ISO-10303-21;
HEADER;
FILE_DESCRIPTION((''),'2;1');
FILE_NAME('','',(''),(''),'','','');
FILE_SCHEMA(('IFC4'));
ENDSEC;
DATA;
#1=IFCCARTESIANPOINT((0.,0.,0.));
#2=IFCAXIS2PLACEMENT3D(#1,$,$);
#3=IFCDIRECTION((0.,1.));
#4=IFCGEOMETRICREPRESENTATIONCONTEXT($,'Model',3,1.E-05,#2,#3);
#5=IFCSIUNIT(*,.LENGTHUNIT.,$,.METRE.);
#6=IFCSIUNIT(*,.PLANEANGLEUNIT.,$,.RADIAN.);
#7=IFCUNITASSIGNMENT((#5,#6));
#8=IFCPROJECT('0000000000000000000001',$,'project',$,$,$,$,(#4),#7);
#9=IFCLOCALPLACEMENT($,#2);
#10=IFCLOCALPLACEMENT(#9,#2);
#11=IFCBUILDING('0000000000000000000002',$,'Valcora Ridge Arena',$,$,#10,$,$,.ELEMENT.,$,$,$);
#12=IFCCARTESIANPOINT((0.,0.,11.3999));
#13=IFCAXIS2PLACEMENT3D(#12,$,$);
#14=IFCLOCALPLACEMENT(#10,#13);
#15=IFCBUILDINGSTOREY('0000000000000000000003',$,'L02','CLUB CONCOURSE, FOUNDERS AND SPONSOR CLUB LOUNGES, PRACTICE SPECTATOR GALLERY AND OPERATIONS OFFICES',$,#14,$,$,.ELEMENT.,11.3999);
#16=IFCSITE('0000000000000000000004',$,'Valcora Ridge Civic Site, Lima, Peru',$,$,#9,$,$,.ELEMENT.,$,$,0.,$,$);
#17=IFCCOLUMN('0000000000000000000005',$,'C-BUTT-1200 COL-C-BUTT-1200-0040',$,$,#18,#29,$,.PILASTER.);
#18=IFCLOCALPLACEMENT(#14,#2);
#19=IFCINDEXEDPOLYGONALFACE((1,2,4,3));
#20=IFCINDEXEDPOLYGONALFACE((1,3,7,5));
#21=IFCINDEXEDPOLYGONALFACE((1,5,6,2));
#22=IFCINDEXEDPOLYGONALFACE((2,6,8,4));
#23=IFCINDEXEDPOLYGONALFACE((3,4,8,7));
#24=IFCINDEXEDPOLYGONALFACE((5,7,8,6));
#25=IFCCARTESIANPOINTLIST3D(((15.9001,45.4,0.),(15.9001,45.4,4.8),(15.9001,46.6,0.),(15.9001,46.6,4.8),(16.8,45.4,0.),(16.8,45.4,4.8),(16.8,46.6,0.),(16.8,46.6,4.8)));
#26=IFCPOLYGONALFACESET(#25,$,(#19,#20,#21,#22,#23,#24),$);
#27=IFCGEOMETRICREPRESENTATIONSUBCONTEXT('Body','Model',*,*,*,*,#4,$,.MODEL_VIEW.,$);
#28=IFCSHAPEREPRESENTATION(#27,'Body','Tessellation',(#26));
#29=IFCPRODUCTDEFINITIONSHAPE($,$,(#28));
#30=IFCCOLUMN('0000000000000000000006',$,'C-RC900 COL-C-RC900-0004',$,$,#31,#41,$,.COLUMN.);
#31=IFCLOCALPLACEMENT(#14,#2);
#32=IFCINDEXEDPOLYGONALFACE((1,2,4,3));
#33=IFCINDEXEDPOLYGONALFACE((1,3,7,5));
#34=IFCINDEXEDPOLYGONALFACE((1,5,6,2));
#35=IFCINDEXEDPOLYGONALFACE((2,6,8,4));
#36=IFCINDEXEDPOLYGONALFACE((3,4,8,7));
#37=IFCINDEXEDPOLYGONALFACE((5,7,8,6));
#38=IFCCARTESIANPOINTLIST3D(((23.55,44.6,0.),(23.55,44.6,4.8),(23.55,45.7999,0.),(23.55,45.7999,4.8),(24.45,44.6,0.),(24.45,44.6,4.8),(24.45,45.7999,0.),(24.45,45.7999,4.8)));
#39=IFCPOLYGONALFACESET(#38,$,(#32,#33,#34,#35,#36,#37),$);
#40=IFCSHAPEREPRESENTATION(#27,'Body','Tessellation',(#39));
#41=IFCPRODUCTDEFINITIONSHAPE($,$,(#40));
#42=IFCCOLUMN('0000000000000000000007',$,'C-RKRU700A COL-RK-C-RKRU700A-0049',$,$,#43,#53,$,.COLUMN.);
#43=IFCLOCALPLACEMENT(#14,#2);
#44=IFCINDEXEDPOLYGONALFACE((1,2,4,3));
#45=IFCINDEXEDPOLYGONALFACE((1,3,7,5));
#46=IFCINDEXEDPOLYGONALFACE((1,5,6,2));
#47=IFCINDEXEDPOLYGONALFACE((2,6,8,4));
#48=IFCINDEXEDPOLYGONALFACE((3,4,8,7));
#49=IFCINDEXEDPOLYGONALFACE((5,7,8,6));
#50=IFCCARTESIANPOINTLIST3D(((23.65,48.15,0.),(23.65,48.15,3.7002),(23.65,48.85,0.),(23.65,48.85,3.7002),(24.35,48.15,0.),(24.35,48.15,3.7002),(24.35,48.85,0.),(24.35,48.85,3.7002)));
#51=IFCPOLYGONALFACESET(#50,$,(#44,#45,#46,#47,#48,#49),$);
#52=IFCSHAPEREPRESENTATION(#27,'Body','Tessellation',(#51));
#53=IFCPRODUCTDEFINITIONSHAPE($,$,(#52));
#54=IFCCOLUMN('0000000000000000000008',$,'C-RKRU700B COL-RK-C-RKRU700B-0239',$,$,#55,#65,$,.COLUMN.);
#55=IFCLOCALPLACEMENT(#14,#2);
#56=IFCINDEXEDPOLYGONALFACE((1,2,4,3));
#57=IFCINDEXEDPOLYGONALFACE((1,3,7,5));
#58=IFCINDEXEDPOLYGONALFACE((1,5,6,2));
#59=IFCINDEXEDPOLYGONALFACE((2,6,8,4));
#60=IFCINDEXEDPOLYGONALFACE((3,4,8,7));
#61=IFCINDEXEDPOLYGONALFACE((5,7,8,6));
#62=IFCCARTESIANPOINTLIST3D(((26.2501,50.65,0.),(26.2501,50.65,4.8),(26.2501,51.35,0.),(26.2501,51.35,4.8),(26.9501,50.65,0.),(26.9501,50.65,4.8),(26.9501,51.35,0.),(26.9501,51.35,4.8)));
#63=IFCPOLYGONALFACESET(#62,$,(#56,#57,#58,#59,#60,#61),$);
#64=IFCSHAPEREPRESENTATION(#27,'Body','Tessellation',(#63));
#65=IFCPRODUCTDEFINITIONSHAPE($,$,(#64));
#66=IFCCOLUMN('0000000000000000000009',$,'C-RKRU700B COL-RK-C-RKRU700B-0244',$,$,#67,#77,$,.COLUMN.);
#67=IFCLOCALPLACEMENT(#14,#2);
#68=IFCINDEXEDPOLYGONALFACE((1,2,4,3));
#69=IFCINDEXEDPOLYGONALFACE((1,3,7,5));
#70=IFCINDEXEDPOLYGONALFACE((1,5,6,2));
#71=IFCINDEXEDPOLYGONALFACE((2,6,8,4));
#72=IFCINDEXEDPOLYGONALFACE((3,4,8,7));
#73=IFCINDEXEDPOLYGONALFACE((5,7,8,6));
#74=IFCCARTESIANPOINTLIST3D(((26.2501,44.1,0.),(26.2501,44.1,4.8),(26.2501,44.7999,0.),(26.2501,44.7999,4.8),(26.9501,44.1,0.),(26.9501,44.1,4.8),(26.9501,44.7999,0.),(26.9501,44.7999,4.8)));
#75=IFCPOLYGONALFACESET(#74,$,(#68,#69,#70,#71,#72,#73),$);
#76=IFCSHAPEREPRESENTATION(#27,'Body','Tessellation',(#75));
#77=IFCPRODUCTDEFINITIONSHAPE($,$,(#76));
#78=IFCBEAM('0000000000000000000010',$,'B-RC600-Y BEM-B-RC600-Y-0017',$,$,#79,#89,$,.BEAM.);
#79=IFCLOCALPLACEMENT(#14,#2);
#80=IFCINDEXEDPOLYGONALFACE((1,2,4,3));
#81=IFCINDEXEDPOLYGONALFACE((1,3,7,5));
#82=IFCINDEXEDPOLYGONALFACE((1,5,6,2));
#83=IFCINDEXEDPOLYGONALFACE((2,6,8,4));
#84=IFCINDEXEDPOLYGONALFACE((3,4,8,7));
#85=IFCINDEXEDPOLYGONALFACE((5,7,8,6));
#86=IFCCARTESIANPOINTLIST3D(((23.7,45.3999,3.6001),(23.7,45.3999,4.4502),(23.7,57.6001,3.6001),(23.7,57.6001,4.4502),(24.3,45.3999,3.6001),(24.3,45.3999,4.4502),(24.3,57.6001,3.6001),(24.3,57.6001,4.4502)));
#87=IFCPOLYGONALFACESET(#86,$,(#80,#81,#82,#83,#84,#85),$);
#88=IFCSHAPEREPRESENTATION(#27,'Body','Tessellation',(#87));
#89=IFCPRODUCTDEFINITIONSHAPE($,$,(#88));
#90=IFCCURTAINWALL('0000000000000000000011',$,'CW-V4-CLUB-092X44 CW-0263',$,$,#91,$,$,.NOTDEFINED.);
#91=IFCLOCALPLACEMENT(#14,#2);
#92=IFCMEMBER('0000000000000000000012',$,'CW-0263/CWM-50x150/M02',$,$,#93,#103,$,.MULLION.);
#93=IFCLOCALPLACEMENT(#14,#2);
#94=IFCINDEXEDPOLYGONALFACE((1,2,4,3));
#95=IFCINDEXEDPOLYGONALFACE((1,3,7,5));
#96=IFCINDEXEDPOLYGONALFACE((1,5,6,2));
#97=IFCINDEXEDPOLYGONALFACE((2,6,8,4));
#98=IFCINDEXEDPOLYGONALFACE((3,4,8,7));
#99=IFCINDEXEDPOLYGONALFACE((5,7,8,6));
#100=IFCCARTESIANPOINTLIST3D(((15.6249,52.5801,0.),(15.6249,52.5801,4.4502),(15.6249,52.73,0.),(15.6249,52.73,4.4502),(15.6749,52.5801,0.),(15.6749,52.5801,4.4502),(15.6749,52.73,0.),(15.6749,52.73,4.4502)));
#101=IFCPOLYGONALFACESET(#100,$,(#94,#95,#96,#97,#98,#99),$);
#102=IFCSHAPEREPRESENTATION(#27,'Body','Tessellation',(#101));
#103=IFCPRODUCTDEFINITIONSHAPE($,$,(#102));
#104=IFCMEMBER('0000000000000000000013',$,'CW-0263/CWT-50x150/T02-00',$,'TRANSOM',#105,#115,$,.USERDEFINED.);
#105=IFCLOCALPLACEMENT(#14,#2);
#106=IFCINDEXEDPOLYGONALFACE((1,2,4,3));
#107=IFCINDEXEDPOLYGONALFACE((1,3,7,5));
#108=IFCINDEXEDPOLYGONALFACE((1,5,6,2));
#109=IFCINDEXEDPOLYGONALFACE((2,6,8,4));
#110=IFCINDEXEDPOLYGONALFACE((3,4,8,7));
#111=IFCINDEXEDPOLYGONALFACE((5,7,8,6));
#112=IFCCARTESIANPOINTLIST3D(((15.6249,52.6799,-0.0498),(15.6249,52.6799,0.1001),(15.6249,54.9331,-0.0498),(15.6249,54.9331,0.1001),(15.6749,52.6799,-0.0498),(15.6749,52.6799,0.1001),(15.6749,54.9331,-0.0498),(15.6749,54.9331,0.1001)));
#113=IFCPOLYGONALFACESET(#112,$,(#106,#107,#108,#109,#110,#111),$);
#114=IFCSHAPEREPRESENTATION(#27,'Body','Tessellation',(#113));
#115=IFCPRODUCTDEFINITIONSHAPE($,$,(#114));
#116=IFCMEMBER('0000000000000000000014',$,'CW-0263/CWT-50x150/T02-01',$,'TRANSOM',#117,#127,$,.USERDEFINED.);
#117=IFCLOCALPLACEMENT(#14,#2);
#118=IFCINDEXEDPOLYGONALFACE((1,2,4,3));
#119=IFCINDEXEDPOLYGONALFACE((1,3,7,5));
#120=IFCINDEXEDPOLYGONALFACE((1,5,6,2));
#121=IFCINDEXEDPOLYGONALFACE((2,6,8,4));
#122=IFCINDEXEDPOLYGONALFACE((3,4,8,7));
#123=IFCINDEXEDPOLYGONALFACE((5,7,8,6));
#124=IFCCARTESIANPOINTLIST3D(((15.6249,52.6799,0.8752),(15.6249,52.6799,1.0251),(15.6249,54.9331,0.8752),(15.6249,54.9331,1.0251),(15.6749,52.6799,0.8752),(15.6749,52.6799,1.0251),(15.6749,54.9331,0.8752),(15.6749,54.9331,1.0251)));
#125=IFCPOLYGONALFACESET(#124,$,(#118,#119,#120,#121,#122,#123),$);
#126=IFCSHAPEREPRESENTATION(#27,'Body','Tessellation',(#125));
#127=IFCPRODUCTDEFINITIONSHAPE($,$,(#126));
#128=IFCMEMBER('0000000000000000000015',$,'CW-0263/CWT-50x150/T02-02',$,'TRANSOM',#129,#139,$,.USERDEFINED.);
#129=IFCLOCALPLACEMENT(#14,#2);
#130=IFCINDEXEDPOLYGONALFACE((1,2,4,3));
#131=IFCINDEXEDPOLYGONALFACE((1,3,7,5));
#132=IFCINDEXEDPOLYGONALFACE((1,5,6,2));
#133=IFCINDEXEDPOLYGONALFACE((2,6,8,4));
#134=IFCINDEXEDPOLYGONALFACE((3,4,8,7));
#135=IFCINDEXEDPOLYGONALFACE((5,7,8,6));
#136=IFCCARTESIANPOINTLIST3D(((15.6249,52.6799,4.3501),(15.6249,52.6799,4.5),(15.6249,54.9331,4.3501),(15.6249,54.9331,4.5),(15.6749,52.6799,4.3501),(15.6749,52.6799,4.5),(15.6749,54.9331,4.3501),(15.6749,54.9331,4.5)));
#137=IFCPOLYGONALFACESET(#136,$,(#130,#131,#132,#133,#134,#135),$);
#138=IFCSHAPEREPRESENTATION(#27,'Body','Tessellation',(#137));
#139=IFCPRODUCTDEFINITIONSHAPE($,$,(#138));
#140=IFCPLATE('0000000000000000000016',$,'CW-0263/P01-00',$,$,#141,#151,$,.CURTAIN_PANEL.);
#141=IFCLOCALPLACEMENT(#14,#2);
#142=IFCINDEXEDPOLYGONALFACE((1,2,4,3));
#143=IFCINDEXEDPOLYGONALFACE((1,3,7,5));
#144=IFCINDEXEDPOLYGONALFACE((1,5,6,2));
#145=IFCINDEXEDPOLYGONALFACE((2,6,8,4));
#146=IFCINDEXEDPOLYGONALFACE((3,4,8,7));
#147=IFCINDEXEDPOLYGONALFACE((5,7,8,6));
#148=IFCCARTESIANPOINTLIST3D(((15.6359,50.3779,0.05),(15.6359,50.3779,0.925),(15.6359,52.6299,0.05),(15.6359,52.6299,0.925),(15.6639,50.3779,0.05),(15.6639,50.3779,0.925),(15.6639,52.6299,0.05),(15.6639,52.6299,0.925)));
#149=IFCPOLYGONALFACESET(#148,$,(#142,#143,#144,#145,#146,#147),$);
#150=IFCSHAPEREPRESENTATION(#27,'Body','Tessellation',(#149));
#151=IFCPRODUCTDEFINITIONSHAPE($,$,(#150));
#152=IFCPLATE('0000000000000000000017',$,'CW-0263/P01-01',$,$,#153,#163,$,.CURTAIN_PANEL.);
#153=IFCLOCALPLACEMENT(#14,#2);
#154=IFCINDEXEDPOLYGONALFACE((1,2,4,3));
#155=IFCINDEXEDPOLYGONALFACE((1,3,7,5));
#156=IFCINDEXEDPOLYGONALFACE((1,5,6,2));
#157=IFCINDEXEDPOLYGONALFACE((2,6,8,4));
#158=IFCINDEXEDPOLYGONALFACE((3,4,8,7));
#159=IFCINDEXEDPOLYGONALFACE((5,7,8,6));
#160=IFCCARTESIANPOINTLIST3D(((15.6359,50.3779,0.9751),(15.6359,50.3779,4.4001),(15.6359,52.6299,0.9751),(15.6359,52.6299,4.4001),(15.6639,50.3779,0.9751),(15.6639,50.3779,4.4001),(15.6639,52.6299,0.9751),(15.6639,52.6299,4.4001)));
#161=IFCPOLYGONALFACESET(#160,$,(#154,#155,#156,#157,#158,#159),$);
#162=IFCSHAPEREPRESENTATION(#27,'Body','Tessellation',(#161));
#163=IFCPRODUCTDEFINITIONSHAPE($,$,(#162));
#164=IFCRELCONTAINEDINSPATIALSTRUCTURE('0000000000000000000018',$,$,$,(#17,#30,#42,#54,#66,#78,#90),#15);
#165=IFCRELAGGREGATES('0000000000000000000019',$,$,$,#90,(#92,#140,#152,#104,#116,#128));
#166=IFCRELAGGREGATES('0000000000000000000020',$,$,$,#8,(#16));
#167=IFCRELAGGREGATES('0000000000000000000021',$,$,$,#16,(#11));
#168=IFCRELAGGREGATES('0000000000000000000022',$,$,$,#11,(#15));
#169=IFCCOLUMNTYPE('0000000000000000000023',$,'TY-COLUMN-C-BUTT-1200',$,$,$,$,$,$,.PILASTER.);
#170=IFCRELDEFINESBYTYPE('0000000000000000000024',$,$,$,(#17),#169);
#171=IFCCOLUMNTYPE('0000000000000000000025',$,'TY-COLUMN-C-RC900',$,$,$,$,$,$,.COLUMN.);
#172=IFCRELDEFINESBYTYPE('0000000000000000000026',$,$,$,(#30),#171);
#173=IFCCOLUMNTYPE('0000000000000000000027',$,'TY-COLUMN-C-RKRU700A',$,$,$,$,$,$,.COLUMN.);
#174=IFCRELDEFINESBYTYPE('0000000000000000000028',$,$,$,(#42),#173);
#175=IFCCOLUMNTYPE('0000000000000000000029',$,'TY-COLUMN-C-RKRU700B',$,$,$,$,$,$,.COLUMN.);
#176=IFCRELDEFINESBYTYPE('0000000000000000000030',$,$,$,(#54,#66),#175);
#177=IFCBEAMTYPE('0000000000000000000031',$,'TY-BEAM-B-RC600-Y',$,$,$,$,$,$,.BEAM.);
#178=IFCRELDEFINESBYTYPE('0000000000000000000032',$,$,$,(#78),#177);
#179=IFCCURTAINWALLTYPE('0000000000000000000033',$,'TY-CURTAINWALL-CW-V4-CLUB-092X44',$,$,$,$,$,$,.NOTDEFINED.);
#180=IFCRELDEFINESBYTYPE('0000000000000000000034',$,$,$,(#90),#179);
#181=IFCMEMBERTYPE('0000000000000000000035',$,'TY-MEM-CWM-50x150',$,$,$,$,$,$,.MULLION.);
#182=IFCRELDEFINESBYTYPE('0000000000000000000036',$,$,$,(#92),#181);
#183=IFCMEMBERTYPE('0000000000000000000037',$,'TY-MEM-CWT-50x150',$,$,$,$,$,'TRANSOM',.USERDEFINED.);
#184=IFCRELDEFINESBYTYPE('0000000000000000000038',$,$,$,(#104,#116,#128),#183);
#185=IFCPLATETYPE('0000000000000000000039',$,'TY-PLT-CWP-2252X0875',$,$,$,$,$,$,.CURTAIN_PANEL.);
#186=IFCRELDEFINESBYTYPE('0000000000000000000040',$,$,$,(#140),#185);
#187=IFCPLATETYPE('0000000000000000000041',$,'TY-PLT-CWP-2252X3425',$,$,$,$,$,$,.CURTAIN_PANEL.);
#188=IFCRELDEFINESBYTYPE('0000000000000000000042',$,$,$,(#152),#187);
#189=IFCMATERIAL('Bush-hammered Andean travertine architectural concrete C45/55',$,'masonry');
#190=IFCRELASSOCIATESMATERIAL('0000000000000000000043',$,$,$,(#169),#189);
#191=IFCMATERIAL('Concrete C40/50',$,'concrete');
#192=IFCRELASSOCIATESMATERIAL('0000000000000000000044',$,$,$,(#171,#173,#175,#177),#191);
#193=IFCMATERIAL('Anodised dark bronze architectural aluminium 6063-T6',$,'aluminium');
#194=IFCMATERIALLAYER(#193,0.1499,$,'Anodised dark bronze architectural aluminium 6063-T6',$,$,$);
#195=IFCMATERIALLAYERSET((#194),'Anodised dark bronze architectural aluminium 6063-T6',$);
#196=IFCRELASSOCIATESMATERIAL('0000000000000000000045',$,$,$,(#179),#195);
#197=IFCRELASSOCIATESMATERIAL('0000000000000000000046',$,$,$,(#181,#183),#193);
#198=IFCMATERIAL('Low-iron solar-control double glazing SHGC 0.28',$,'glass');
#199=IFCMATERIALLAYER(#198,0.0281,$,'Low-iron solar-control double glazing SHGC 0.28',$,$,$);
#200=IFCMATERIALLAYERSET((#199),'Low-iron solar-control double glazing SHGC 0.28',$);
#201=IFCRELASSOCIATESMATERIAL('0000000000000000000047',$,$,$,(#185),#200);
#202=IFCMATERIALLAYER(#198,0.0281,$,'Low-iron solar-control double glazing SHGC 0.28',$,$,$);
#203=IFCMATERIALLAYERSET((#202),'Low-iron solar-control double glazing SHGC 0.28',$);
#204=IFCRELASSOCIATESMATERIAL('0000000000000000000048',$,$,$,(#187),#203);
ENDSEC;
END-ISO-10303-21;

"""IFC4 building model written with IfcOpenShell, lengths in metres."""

from ifc_helpers import new_model, si_unit, direction, frame, origin, origin_2d, place, context, subcontext, project, spatial, rectangle, extrude, material, layer, layer_set, material_profile, profile_set, type_object, element, aggregate, save


model = new_model("IFC4")

# Units and contexts
model_context = context("Model", 3, precision=1e-05, world=origin(), true_north=direction((0.0, 1.0)))
body_context = subcontext(model_context, "Body", "Model", "MODEL_VIEW")
ifc_project = project(units=[si_unit("LENGTHUNIT", "METRE"), si_unit("PLANEANGLEUNIT", "RADIAN")], contexts=[model_context])

# Site, building, storey
site_placement = place(None, origin())
site = spatial("IfcSite", under=ifc_project, at=site_placement, Name="Valcora Ridge Civic Site, Lima, Peru", CompositionType="ELEMENT", RefElevation=0.0)
building_placement = place(site_placement, origin())
building = spatial("IfcBuilding", under=site, at=building_placement, Name="Valcora Ridge Arena", CompositionType="ELEMENT")
storey_placement = place(building_placement, frame((0.0, 0.0, 11.3999)))
storey = spatial("IfcBuildingStorey", under=building, at=storey_placement, Name="L02", Description="CLUB CONCOURSE, FOUNDERS AND SPONSOR CLUB LOUNGES, PRACTICE SPECTATOR GALLERY AND OPERATIONS OFFICES", CompositionType="ELEMENT", Elevation=11.3999)

# Columns
ifc_material_1 = material(Name="Bush-hammered Andean travertine architectural concrete C45/55", Category="masonry")
ifc_material_profile_1 = material_profile(ifc_material_1, rectangle(XDim=0.8999, YDim=1.2, at=origin_2d()), Name="RC 900x1200")
ifc_profile_set_1 = profile_set([ifc_material_profile_1], Name="Bush-hammered Andean travertine architectural concrete C45/55")
column_type_1 = type_object("IfcColumnType", Name="TY-COLUMN-C-BUTT-1200", PredefinedType="PILASTER", material=ifc_profile_set_1)
column_1_placement = place(storey_placement, frame((16.3501, 46.0, 0.0), z_axis=(0.0, 0.0, 1.0), x_axis=(1.0, 0.0, 0.0)))
element("IfcColumn", 1, at=column_1_placement, inside=storey, type_object=column_type_1, Name="C-BUTT-1200 COL-C-BUTT-1200-0040", PredefinedType="PILASTER", context=body_context, shape_type="SweptSolid", body=[
    extrude(rectangle(XDim=0.8999, YDim=1.2, at=origin_2d()), origin(), (0.0, 0.0, 1.0), 4.8),
])
ifc_material_2 = material(Name="Concrete C40/50", Category="concrete")
ifc_material_profile_2 = material_profile(ifc_material_2, rectangle(XDim=0.8999, YDim=1.2, at=origin_2d()), Name="RC 900x1200")
ifc_profile_set_2 = profile_set([ifc_material_profile_2], Name="Concrete C40/50")
column_type_2 = type_object("IfcColumnType", Name="TY-COLUMN-C-RC900", PredefinedType="COLUMN", material=ifc_profile_set_2)
column_2_placement = place(storey_placement, frame((24.0, 45.2, 0.0), z_axis=(0.0, 0.0, 1.0), x_axis=(1.0, 0.0, 0.0)))
element("IfcColumn", 2, at=column_2_placement, inside=storey, type_object=column_type_2, Name="C-RC900 COL-C-RC900-0004", PredefinedType="COLUMN", context=body_context, shape_type="SweptSolid", body=[
    extrude(rectangle(XDim=0.8999, YDim=1.2, at=origin_2d()), origin(), (0.0, 0.0, 1.0), 4.8),
])
ifc_material_profile_3 = material_profile(ifc_material_2, rectangle(XDim=0.7, YDim=0.7, at=origin_2d()), Name="RC 700x700")
ifc_profile_set_3 = profile_set([ifc_material_profile_3], Name="Concrete C40/50")
column_type_3 = type_object("IfcColumnType", Name="TY-COLUMN-C-RKRU700A", PredefinedType="COLUMN", material=ifc_profile_set_3)
column_3_placement = place(storey_placement, frame((24.0, 48.5, 0.0), z_axis=(0.0, 0.0, 1.0), x_axis=(1.0, 0.0, 0.0)))
element("IfcColumn", 3, at=column_3_placement, inside=storey, type_object=column_type_3, Name="C-RKRU700A COL-RK-C-RKRU700A-0049", PredefinedType="COLUMN", context=body_context, shape_type="SweptSolid", body=[
    extrude(rectangle(XDim=0.7, YDim=0.7, at=origin_2d()), origin(), (0.0, 0.0, 1.0), 3.7002),
])
ifc_material_profile_4 = material_profile(ifc_material_2, rectangle(XDim=0.7, YDim=0.7, at=origin_2d()), Name="RC 700x700")
ifc_profile_set_4 = profile_set([ifc_material_profile_4], Name="Concrete C40/50")
column_type_4 = type_object("IfcColumnType", Name="TY-COLUMN-C-RKRU700B", PredefinedType="COLUMN", material=ifc_profile_set_4)
for number, where, z_axis, x_axis, name in (
    (4, (26.6001, 51.0, 0.0), (0.0, 0.0, 1.0), (1.0, 0.0, 0.0), "C-RKRU700B COL-RK-C-RKRU700B-0239"),
    (5, (26.6001, 44.45, 0.0), (0.0, 0.0, 1.0), (1.0, 0.0, 0.0), "C-RKRU700B COL-RK-C-RKRU700B-0244"),
):
    element("IfcColumn", number, at=place(storey_placement, frame(where, z_axis=z_axis, x_axis=x_axis)), inside=storey, type_object=column_type_4, Name=name, PredefinedType="COLUMN", context=body_context, shape_type="SweptSolid", body=[
        extrude(rectangle(XDim=0.7, YDim=0.7, at=origin_2d()), origin(), (0.0, 0.0, 1.0), 4.8),
    ])

# Beam
ifc_material_profile_5 = material_profile(ifc_material_2, rectangle(XDim=0.6001, YDim=0.8501, at=origin_2d()), Name="RC 600x850")
ifc_profile_set_5 = profile_set([ifc_material_profile_5], Name="Concrete C40/50")
beam_type = type_object("IfcBeamType", Name="TY-BEAM-B-RC600-Y", PredefinedType="BEAM", material=ifc_profile_set_5)
beam_placement = place(storey_placement, frame((24.0, 45.3999, 4.0251), z_axis=(0.0, 1.0, 0.0), x_axis=(-1.0, 0.0, 0.0)))
element("IfcBeam", 6, at=beam_placement, inside=storey, type_object=beam_type, Name="B-RC600-Y BEM-B-RC600-Y-0017", PredefinedType="BEAM", context=body_context, shape_type="SweptSolid", body=[
    extrude(rectangle(XDim=0.6001, YDim=0.8501, at=origin_2d()), origin(), (0.0, 0.0, 1.0), 12.2002),
])

# Curtain wall, members, plates
ifc_material_3 = material(Name="Anodised dark bronze architectural aluminium 6063-T6", Category="aluminium")
ifc_layer_1 = layer(ifc_material_3, 0.1499, Name="Anodised dark bronze architectural aluminium 6063-T6")
ifc_layer_set_1 = layer_set([ifc_layer_1], Name="Anodised dark bronze architectural aluminium 6063-T6")
curtain_wall_type = type_object("IfcCurtainWallType", Name="TY-CURTAINWALL-CW-V4-CLUB-092X44", PredefinedType="NOTDEFINED", material=ifc_layer_set_1)
curtain_wall_placement = place(storey_placement, origin())
curtain_wall = element("IfcCurtainWall", 7, at=curtain_wall_placement, inside=storey, type_object=curtain_wall_type, Name="CW-V4-CLUB-092X44 CW-0263", PredefinedType="NOTDEFINED")
ifc_material_profile_6 = material_profile(ifc_material_3, rectangle(XDim=0.05, YDim=0.1499, at=origin_2d()), Name="ALU MULLION 50x150")
ifc_profile_set_6 = profile_set([ifc_material_profile_6], Name="Anodised dark bronze architectural aluminium 6063-T6")
member_type_1 = type_object("IfcMemberType", Name="TY-MEM-CWM-50x150", PredefinedType="MULLION", material=ifc_profile_set_6)
member_1_placement = place(storey_placement, frame((15.6499, 52.655, 0.0), z_axis=(0.0, 0.0, 1.0), x_axis=(-1.0, 0.0, 0.0)))
member_1 = element("IfcMember", 8, at=member_1_placement, type_object=member_type_1, Name="CW-0263/CWM-50x150/M02", PredefinedType="MULLION", context=body_context, shape_type="SweptSolid", body=[
    extrude(rectangle(XDim=0.05, YDim=0.1499, at=origin_2d()), origin(), (0.0, 0.0, 1.0), 4.4502),
])
ifc_material_profile_7 = material_profile(ifc_material_3, rectangle(XDim=0.05, YDim=0.1499, at=origin_2d()), Name="ALU TRANSOM 50x150")
ifc_profile_set_7 = profile_set([ifc_material_profile_7], Name="Anodised dark bronze architectural aluminium 6063-T6")
member_type_2 = type_object("IfcMemberType", Name="TY-MEM-CWT-50x150", ElementType="TRANSOM", PredefinedType="USERDEFINED", material=ifc_profile_set_7)
member_2_placement = place(storey_placement, frame((15.6499, 52.6799, 0.0251), z_axis=(0.0, 1.0, 0.0), x_axis=(-1.0, 0.0, 0.0)))
member_2 = element("IfcMember", 9, at=member_2_placement, type_object=member_type_2, Name="CW-0263/CWT-50x150/T02-00", ObjectType="TRANSOM", PredefinedType="USERDEFINED", context=body_context, shape_type="SweptSolid", body=[
    extrude(rectangle(XDim=0.05, YDim=0.1499, at=origin_2d()), origin(), (0.0, 0.0, 1.0), 2.2532),
])
member_3_placement = place(storey_placement, frame((15.6499, 52.6799, 0.9502), z_axis=(0.0, 1.0, 0.0), x_axis=(-1.0, 0.0, 0.0)))
member_3 = element("IfcMember", 10, at=member_3_placement, type_object=member_type_2, Name="CW-0263/CWT-50x150/T02-01", ObjectType="TRANSOM", PredefinedType="USERDEFINED", context=body_context, shape_type="SweptSolid", body=[
    extrude(rectangle(XDim=0.05, YDim=0.1499, at=origin_2d()), origin(), (0.0, 0.0, 1.0), 2.2532),
])
member_4_placement = place(storey_placement, frame((15.6499, 52.6799, 4.425), z_axis=(0.0, 1.0, 0.0), x_axis=(-1.0, 0.0, 0.0)))
member_4 = element("IfcMember", 11, at=member_4_placement, type_object=member_type_2, Name="CW-0263/CWT-50x150/T02-02", ObjectType="TRANSOM", PredefinedType="USERDEFINED", context=body_context, shape_type="SweptSolid", body=[
    extrude(rectangle(XDim=0.05, YDim=0.1499, at=origin_2d()), origin(), (0.0, 0.0, 1.0), 2.2532),
])
ifc_material_4 = material(Name="Low-iron solar-control double glazing SHGC 0.28", Category="glass")
ifc_layer_2 = layer(ifc_material_4, 0.0281, Name="Low-iron solar-control double glazing SHGC 0.28")
ifc_layer_set_2 = layer_set([ifc_layer_2], Name="Low-iron solar-control double glazing SHGC 0.28")
plate_type_1 = type_object("IfcPlateType", Name="TY-PLT-CWP-2252X0875", PredefinedType="CURTAIN_PANEL", material=ifc_layer_set_2)
plate_1_placement = place(storey_placement, frame((15.6499, 51.5039, 0.05), z_axis=(0.0, 0.0, 1.0), x_axis=(0.0, 1.0, 0.0)))
plate_1 = element("IfcPlate", 12, at=plate_1_placement, type_object=plate_type_1, Name="CW-0263/P01-00", PredefinedType="CURTAIN_PANEL", context=body_context, shape_type="SweptSolid", body=[
    extrude(rectangle(XDim=2.252, YDim=0.0281, at=origin_2d()), origin(), (0.0, 0.0, 1.0), 0.875),
])
ifc_layer_3 = layer(ifc_material_4, 0.0281, Name="Low-iron solar-control double glazing SHGC 0.28")
ifc_layer_set_3 = layer_set([ifc_layer_3], Name="Low-iron solar-control double glazing SHGC 0.28")
plate_type_2 = type_object("IfcPlateType", Name="TY-PLT-CWP-2252X3425", PredefinedType="CURTAIN_PANEL", material=ifc_layer_set_3)
plate_2_placement = place(storey_placement, frame((15.6499, 51.5039, 0.9751), z_axis=(0.0, 0.0, 1.0), x_axis=(0.0, 1.0, 0.0)))
plate_2 = element("IfcPlate", 13, at=plate_2_placement, type_object=plate_type_2, Name="CW-0263/P01-01", PredefinedType="CURTAIN_PANEL", context=body_context, shape_type="SweptSolid", body=[
    extrude(rectangle(XDim=2.252, YDim=0.0281, at=origin_2d()), origin(), (0.0, 0.0, 1.0), 3.425),
])
aggregate(curtain_wall, [member_1, plate_1, plate_2, member_2, member_3, member_4])

save(model, "model.ifc")
